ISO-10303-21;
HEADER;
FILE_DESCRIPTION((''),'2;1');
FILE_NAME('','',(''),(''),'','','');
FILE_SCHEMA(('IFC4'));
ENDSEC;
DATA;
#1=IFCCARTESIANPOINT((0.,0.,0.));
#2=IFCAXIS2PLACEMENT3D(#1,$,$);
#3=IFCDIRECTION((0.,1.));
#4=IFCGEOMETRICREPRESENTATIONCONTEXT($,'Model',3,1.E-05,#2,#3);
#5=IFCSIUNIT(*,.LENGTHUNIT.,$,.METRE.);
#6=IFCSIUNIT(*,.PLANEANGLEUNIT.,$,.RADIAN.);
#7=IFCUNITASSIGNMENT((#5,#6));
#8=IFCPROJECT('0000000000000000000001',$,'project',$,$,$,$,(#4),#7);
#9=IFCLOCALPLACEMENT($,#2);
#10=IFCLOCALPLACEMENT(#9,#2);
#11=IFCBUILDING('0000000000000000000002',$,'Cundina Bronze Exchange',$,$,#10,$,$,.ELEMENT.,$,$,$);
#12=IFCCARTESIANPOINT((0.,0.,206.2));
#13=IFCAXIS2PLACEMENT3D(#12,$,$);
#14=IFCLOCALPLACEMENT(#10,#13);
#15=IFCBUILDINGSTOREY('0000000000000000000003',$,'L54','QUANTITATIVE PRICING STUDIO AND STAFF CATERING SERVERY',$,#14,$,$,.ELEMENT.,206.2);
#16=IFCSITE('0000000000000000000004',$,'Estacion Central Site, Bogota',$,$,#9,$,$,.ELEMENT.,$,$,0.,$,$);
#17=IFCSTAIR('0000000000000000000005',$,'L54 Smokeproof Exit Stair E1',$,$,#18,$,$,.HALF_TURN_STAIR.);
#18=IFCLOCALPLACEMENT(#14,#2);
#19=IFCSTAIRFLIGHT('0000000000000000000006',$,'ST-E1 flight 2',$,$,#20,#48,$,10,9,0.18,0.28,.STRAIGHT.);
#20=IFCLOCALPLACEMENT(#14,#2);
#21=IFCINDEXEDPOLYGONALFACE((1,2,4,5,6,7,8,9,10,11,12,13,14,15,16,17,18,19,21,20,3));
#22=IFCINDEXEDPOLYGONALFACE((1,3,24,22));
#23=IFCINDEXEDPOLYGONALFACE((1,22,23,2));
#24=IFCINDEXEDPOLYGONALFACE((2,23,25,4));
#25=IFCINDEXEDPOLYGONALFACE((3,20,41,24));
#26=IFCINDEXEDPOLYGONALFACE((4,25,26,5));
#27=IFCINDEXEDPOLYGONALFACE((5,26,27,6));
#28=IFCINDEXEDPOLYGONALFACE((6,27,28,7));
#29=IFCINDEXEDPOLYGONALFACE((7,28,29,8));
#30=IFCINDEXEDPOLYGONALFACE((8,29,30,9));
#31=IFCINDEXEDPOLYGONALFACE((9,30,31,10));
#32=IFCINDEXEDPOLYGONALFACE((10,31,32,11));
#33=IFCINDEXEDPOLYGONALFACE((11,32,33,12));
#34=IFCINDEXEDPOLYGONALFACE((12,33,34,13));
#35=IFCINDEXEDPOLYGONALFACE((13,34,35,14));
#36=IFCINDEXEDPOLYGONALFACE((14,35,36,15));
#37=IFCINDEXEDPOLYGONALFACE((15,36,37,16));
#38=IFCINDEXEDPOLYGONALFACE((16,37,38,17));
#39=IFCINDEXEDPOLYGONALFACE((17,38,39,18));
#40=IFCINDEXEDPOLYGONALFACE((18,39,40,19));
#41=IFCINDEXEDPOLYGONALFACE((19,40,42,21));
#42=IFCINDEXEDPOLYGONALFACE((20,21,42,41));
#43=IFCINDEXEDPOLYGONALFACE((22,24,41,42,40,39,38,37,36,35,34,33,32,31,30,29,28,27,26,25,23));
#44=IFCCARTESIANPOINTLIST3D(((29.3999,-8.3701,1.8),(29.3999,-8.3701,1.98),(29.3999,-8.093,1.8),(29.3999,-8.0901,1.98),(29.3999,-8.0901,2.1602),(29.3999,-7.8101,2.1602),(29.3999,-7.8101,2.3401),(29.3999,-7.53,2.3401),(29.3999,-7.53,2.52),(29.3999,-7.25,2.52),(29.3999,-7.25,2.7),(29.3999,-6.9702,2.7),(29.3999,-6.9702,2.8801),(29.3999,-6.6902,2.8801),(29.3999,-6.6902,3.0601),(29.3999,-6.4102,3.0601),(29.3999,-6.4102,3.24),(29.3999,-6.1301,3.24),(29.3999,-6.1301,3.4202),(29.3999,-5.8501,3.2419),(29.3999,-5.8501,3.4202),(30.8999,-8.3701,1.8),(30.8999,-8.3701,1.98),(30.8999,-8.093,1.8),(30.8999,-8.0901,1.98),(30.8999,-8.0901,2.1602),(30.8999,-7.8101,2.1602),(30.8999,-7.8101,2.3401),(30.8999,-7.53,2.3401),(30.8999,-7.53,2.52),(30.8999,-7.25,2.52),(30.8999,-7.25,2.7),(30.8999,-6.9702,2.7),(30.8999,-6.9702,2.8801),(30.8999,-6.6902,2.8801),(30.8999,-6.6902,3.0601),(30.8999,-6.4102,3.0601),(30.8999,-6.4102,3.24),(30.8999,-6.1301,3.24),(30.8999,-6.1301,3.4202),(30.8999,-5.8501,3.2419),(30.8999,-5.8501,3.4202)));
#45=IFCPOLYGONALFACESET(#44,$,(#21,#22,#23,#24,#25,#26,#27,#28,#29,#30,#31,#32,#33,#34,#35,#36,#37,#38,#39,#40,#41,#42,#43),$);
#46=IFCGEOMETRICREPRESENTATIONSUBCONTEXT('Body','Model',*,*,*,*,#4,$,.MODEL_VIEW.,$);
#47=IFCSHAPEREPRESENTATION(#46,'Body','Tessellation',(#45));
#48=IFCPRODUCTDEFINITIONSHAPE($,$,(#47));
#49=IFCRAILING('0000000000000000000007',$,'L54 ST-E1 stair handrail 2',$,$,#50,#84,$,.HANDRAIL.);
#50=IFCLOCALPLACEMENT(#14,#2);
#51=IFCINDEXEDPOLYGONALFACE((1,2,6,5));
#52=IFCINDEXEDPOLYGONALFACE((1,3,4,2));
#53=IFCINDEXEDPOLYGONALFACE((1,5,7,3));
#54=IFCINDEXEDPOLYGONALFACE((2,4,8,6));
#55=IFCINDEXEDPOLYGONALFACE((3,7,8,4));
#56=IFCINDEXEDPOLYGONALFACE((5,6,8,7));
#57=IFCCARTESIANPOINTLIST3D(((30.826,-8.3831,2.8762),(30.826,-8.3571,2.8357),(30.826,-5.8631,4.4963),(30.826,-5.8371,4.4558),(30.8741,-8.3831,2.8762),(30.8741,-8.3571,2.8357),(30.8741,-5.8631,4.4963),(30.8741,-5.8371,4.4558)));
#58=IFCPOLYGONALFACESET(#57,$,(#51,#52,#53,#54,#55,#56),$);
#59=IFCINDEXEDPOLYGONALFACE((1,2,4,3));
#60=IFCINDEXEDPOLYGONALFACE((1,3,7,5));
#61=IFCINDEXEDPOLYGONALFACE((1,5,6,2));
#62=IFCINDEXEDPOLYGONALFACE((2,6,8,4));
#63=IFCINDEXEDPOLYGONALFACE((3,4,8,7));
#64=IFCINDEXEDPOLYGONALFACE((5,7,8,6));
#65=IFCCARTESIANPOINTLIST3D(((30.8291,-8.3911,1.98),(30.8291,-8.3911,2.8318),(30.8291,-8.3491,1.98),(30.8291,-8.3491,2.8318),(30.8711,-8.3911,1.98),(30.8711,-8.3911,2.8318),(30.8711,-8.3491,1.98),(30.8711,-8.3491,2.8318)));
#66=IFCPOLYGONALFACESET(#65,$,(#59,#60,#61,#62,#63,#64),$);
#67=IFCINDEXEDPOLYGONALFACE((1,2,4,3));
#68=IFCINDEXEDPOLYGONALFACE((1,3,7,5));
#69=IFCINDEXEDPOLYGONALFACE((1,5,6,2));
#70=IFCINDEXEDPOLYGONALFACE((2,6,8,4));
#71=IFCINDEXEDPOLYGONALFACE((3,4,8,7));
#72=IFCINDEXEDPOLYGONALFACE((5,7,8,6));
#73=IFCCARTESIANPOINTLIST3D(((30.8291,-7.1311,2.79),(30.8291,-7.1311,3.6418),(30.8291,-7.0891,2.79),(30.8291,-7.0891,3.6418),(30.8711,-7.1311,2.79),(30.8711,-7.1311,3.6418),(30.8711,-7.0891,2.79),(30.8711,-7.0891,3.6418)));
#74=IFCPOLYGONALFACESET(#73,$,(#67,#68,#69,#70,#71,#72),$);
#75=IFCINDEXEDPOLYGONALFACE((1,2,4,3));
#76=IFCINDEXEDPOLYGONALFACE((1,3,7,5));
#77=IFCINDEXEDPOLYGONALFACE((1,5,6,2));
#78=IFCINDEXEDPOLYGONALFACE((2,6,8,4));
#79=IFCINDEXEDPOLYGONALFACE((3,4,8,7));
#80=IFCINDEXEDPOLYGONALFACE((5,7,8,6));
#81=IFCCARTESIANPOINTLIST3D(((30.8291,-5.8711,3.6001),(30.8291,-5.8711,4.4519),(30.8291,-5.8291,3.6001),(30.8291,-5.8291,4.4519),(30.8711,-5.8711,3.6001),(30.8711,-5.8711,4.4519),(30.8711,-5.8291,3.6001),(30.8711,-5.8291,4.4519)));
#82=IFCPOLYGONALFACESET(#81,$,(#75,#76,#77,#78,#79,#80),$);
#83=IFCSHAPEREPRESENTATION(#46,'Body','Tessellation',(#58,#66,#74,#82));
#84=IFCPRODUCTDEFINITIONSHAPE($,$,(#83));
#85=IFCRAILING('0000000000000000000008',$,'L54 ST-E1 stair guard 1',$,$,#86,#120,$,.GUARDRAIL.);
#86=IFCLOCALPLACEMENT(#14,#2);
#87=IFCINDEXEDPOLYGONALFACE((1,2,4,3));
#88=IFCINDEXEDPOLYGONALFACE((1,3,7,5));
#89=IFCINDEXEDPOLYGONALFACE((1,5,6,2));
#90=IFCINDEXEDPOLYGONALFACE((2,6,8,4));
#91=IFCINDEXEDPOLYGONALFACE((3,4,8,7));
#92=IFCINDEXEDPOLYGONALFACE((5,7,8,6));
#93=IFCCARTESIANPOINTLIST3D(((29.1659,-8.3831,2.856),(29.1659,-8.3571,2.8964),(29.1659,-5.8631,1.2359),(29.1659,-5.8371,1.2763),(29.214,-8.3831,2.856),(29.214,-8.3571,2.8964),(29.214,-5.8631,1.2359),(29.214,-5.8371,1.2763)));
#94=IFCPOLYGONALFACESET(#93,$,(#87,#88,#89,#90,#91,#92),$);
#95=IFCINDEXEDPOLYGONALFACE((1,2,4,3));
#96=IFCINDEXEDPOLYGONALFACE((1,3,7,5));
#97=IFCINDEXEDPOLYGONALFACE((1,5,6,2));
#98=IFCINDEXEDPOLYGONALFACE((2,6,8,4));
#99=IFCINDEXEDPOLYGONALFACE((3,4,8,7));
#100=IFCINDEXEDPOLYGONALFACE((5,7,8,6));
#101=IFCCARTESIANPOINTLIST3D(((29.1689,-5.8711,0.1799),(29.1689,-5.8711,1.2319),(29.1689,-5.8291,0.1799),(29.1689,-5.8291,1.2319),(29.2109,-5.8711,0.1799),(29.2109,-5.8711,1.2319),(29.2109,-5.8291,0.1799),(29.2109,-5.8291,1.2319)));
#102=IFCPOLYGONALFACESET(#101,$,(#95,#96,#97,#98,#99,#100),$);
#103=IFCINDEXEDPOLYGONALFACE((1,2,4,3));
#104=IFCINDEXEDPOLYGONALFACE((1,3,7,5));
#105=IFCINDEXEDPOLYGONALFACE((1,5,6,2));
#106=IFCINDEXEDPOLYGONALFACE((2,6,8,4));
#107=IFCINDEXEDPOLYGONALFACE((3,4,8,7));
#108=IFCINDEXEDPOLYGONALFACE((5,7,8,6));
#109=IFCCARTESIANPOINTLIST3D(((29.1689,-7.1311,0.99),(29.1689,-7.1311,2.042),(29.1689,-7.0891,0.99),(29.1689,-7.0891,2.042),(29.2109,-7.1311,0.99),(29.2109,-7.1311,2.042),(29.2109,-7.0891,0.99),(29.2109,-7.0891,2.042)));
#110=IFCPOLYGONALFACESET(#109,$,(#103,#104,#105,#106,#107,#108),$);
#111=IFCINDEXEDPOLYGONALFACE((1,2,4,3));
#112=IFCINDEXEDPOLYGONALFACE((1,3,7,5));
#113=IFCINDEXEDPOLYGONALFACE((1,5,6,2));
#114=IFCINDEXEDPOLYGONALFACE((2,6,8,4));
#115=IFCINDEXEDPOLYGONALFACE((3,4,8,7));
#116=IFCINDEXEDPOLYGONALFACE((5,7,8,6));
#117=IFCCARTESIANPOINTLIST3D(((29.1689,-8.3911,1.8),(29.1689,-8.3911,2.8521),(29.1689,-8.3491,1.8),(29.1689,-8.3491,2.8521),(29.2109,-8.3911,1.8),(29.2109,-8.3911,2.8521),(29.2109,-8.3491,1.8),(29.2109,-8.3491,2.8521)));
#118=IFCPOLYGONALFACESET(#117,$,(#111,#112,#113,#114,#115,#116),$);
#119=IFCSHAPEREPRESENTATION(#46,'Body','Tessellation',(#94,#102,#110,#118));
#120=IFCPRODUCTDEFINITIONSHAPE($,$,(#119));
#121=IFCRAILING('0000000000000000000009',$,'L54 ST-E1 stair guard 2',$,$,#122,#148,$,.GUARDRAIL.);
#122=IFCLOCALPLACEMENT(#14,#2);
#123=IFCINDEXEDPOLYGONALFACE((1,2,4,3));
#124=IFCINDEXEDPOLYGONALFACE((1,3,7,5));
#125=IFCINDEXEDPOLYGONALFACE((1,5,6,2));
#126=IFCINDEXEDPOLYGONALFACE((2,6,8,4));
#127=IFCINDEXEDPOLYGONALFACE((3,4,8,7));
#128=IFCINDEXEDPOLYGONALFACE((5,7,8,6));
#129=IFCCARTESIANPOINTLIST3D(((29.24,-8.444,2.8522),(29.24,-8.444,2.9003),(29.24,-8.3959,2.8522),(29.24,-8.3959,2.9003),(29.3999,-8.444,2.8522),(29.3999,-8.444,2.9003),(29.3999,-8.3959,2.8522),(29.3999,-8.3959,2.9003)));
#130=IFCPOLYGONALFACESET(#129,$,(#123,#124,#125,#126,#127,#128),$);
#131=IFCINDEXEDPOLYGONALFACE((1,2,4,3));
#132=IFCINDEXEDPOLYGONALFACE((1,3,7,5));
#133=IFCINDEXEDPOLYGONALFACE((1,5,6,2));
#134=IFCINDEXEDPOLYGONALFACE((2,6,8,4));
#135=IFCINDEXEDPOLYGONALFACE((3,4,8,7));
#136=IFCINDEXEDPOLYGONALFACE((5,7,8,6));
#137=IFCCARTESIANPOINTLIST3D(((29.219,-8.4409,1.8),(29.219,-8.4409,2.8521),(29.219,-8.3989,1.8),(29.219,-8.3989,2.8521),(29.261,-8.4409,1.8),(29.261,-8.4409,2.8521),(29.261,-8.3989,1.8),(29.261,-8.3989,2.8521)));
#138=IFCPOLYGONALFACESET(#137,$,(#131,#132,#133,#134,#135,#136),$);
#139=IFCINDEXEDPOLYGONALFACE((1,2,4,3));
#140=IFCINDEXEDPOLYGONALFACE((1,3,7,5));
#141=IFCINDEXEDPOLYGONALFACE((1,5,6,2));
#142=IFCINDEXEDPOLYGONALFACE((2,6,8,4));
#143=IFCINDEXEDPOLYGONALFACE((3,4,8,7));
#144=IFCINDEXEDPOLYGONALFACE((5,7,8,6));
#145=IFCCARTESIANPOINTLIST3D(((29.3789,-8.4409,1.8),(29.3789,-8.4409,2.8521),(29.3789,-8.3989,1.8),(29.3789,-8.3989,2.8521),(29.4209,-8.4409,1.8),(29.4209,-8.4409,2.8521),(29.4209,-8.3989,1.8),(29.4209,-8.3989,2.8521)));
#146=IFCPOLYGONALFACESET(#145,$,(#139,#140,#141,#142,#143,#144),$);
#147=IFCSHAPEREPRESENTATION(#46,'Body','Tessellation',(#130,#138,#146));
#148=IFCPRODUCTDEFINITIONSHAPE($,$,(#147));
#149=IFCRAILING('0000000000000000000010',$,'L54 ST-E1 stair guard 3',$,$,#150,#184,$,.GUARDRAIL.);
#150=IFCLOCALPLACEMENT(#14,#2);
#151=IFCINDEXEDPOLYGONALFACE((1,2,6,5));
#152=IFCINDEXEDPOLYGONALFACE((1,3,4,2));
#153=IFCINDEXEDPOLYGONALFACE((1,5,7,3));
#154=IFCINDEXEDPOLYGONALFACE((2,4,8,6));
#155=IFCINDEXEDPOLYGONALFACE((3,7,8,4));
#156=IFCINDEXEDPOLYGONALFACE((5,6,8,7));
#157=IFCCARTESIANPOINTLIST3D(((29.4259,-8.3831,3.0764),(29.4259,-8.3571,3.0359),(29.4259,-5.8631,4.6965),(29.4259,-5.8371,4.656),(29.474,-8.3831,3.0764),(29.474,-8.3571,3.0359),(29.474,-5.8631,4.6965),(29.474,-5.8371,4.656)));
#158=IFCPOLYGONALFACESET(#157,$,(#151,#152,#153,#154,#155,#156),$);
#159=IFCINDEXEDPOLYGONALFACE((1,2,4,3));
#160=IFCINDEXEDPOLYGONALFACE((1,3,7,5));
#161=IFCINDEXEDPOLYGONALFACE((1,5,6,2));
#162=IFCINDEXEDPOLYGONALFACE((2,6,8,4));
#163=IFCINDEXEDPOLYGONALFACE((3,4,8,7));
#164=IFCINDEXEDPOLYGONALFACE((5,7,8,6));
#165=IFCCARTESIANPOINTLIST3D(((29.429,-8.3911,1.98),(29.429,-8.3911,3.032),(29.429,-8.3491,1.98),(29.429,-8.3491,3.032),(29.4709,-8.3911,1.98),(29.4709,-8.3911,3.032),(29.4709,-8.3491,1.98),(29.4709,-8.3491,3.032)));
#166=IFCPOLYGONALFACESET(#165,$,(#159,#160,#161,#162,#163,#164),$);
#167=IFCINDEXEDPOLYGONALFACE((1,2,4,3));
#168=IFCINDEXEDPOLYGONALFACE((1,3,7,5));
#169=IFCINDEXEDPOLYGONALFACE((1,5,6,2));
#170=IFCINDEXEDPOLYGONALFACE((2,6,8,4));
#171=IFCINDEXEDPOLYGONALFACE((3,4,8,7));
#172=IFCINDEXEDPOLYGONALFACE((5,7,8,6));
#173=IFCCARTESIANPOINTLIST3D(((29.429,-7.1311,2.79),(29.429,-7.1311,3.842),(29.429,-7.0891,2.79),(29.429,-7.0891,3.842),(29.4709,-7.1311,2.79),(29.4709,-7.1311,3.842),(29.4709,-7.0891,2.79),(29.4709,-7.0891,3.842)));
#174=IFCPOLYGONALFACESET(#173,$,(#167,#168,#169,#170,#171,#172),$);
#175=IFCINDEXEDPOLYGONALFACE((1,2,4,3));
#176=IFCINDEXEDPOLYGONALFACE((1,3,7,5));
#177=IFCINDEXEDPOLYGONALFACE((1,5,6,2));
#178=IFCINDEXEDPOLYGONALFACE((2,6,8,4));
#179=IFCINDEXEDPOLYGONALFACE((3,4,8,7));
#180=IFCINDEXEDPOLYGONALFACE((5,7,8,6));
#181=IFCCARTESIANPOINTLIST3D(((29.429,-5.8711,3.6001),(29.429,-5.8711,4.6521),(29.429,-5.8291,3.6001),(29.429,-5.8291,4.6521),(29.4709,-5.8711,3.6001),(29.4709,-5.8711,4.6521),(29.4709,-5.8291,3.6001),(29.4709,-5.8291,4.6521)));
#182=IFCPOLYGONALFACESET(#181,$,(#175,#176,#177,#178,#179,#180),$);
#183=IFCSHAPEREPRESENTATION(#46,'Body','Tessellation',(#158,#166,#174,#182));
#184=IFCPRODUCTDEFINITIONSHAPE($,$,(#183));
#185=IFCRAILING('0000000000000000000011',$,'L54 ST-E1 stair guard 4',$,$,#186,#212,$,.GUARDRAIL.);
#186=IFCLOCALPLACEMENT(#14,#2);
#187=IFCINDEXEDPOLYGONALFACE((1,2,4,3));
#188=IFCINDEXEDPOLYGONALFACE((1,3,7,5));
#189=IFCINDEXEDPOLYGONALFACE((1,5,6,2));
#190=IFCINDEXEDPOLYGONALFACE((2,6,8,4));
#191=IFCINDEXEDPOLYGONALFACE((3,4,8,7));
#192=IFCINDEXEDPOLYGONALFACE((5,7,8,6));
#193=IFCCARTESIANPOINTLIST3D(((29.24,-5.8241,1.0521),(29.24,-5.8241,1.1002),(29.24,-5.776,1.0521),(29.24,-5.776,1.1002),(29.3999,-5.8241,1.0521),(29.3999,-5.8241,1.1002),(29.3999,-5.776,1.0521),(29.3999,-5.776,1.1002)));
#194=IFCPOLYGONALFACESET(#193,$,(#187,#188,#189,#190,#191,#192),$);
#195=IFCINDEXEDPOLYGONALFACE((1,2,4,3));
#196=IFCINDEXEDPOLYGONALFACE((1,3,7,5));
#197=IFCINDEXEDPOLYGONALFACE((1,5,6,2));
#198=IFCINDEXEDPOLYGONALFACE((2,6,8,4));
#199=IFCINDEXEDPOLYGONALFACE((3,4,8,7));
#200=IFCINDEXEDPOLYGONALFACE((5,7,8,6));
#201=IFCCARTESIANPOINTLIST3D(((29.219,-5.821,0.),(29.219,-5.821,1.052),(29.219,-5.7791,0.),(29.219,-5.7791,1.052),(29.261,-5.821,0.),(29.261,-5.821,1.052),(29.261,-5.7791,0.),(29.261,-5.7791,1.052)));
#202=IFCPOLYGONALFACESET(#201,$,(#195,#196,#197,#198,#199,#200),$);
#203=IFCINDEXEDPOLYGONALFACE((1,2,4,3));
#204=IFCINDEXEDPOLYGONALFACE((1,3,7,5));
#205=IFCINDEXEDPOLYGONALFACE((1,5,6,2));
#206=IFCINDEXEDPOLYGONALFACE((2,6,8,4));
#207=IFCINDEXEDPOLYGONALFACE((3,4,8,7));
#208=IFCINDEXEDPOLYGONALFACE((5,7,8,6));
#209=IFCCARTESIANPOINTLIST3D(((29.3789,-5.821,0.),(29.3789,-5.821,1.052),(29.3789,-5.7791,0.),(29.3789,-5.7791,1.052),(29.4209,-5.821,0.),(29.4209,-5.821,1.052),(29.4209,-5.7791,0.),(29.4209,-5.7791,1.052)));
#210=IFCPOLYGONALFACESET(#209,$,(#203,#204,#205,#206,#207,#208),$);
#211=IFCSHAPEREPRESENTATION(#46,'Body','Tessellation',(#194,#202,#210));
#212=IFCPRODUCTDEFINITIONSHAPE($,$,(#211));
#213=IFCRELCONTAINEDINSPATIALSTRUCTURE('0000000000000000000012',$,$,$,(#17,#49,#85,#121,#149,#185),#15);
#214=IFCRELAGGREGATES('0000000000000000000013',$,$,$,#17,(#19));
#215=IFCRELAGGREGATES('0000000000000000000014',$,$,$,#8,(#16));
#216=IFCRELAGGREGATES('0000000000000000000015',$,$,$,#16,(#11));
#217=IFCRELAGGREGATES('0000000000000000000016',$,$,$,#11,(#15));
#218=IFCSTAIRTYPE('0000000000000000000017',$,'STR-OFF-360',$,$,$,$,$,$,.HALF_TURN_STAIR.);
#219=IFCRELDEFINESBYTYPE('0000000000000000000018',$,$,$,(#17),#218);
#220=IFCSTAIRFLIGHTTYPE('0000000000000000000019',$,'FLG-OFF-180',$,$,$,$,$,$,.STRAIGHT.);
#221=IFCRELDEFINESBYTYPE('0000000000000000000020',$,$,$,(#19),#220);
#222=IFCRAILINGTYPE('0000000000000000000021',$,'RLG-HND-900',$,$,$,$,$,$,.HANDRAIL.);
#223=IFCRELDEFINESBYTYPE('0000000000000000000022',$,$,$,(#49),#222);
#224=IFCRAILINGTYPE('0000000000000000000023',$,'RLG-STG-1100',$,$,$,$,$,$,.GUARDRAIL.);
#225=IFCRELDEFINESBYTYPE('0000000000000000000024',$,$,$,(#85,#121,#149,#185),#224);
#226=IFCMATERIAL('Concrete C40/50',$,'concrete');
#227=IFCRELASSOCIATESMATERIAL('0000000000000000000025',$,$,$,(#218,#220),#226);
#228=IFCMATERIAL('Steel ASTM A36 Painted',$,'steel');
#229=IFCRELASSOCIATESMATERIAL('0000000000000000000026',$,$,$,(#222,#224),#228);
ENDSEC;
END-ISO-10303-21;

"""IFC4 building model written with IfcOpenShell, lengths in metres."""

from ifc_helpers import new_model, si_unit, direction, frame, origin, origin_2d, place, context, subcontext, project, spatial, polyline, rectangle, outline, extrude, material, type_object, element, aggregate, save


model = new_model("IFC4")

# Units and contexts
model_context = context("Model", 3, precision=1e-05, world=origin(), true_north=direction((0.0, 1.0)))
body_context = subcontext(model_context, "Body", "Model", "MODEL_VIEW")
ifc_project = project(units=[si_unit("LENGTHUNIT", "METRE"), si_unit("PLANEANGLEUNIT", "RADIAN")], contexts=[model_context])

# Site, building, storey
site_placement = place(None, origin())
site = spatial("IfcSite", under=ifc_project, at=site_placement, Name="Estacion Central Site, Bogota", CompositionType="ELEMENT", RefElevation=0.0)
building_placement = place(site_placement, origin())
building = spatial("IfcBuilding", under=site, at=building_placement, Name="Cundina Bronze Exchange", CompositionType="ELEMENT")
storey_placement = place(building_placement, frame((0.0, 0.0, 206.2)))
storey = spatial("IfcBuildingStorey", under=building, at=storey_placement, Name="L54", Description="QUANTITATIVE PRICING STUDIO AND STAFF CATERING SERVERY", CompositionType="ELEMENT", Elevation=206.2)

# Stair, stair flight
ifc_material_1 = material(Name="Concrete C40/50", Category="concrete")
stair_type = type_object("IfcStairType", Name="STR-OFF-360", PredefinedType="HALF_TURN_STAIR", material=ifc_material_1)
stair_placement = place(storey_placement, origin())
stair = element("IfcStair", 1, at=stair_placement, inside=storey, type_object=stair_type, Name="L54 Smokeproof Exit Stair E1", PredefinedType="HALF_TURN_STAIR")
stair_flight_type = type_object("IfcStairFlightType", Name="FLG-OFF-180", PredefinedType="STRAIGHT", material=ifc_material_1)
stair_flight_1_placement = place(storey_placement, frame((30.1499, -8.3701, 1.8), z_axis=(0.0, 0.0, 1.0), x_axis=(0.0, 1.0, 0.0)))
stair_flight_1 = element("IfcStairFlight", 2, at=stair_flight_1_placement, type_object=stair_flight_type, Name="ST-E1 flight 2", NumberOfRisers=10, NumberOfTreads=9, PredefinedType="STRAIGHT", RiserHeight=0.18, TreadLength=0.28, context=body_context, shape_type="SweptSolid", body=[
    extrude(outline(polyline([(0.0, 0.0), (0.0, 0.1799), (0.28, 0.1799), (0.28, 0.3601), (0.5601, 0.3601), (0.5601, 0.54), (0.8401, 0.54), (0.8401, 0.72), (1.1201, 0.72), (1.1201, 0.8999), (1.3999, 0.8999), (1.3999, 1.0801), (1.6799, 1.0801), (1.6799, 1.26), (1.96, 1.26), (1.96, 1.4399), (2.24, 1.4399), (2.24, 1.6201), (2.52, 1.6201), (2.52, 1.8), (2.52, 1.4419), (0.2771, 0.0), (0.0, 0.0)])), frame((0.0, 0.75, 0.0), z_axis=(0.0, -1.0, 0.0), x_axis=(1.0, 0.0, 0.0)), (0.0, 0.0, 1.0), 1.5),
])
aggregate(stair, [stair_flight_1])

# Railings
ifc_material_2 = material(Name="Steel ASTM A36 Painted", Category="steel")
railing_type_1 = type_object("IfcRailingType", Name="RLG-HND-900", PredefinedType="HANDRAIL", material=ifc_material_2)
railing_1_placement = place(storey_placement, frame((30.8501, -8.3701, 1.98)))
element("IfcRailing", 3, at=railing_1_placement, inside=storey, type_object=railing_type_1, Name="L54 ST-E1 stair handrail 2", PredefinedType="HANDRAIL", context=body_context, shape_type="SweptSolid", body=[
    extrude(rectangle(XDim=0.0481, YDim=0.0481, at=origin_2d()), frame((0.0, 0.0, 0.876), z_axis=(0.0, 0.841163, 0.540782), x_axis=(-1.0, 0.0, 0.0)), (0.0, 0.0, 1.0), 2.9958),
    extrude(rectangle(XDim=0.042, YDim=0.042, at=origin_2d()), origin(), (0.0, 0.0, 1.0), 0.8518),
    extrude(rectangle(XDim=0.042, YDim=0.042, at=origin_2d()), frame((0.0, 1.26, 0.8101)), (0.0, 0.0, 1.0), 0.8518),
    extrude(rectangle(XDim=0.042, YDim=0.042, at=origin_2d()), frame((0.0, 2.52, 1.6201)), (0.0, 0.0, 1.0), 0.8518),
])
railing_type_2 = type_object("IfcRailingType", Name="RLG-STG-1100", PredefinedType="GUARDRAIL", material=ifc_material_2)
railing_2_placement = place(storey_placement, frame((29.1899, -5.8501, 0.1799)))
element("IfcRailing", 4, at=railing_2_placement, inside=storey, type_object=railing_type_2, Name="L54 ST-E1 stair guard 1", PredefinedType="GUARDRAIL", context=body_context, shape_type="SweptSolid", body=[
    extrude(rectangle(XDim=0.0481, YDim=0.0481, at=origin_2d()), frame((0.0, 0.0, 1.0762), z_axis=(0.0, -0.841163, 0.540782), x_axis=(1.0, 0.0, 0.0)), (0.0, 0.0, 1.0), 2.9958),
    extrude(rectangle(XDim=0.042, YDim=0.042, at=origin_2d()), origin(), (0.0, 0.0, 1.0), 1.052),
    extrude(rectangle(XDim=0.042, YDim=0.042, at=origin_2d()), frame((0.0, -1.26, 0.8101)), (0.0, 0.0, 1.0), 1.052),
    extrude(rectangle(XDim=0.042, YDim=0.042, at=origin_2d()), frame((0.0, -2.52, 1.6201)), (0.0, 0.0, 1.0), 1.052),
])
railing_3_placement = place(storey_placement, frame((29.24, -8.4199, 1.8)))
element("IfcRailing", 5, at=railing_3_placement, inside=storey, type_object=railing_type_2, Name="L54 ST-E1 stair guard 2", PredefinedType="GUARDRAIL", context=body_context, shape_type="SweptSolid", body=[
    extrude(rectangle(XDim=0.0481, YDim=0.0481, at=origin_2d()), frame((0.0, 0.0, 1.0762), z_axis=(1.0, 0.0, 0.0), x_axis=(0.0, 1.0, 0.0)), (0.0, 0.0, 1.0), 0.1599),
    extrude(rectangle(XDim=0.042, YDim=0.042, at=origin_2d()), origin(), (0.0, 0.0, 1.0), 1.052),
    extrude(rectangle(XDim=0.042, YDim=0.042, at=origin_2d()), frame((0.1599, 0.0, 0.0)), (0.0, 0.0, 1.0), 1.052),
])
railing_4_placement = place(storey_placement, frame((29.45, -8.3701, 1.98)))
element("IfcRailing", 6, at=railing_4_placement, inside=storey, type_object=railing_type_2, Name="L54 ST-E1 stair guard 3", PredefinedType="GUARDRAIL", context=body_context, shape_type="SweptSolid", body=[
    extrude(rectangle(XDim=0.0481, YDim=0.0481, at=origin_2d()), frame((0.0, 0.0, 1.0762), z_axis=(0.0, 0.841163, 0.540782), x_axis=(-1.0, 0.0, 0.0)), (0.0, 0.0, 1.0), 2.9958),
    extrude(rectangle(XDim=0.042, YDim=0.042, at=origin_2d()), origin(), (0.0, 0.0, 1.0), 1.052),
    extrude(rectangle(XDim=0.042, YDim=0.042, at=origin_2d()), frame((0.0, 1.26, 0.8101)), (0.0, 0.0, 1.0), 1.052),
    extrude(rectangle(XDim=0.042, YDim=0.042, at=origin_2d()), frame((0.0, 2.52, 1.6201)), (0.0, 0.0, 1.0), 1.052),
])
railing_5_placement = place(storey_placement, frame((29.24, -5.8, 0.0)))
element("IfcRailing", 7, at=railing_5_placement, inside=storey, type_object=railing_type_2, Name="L54 ST-E1 stair guard 4", PredefinedType="GUARDRAIL", context=body_context, shape_type="SweptSolid", body=[
    extrude(rectangle(XDim=0.0481, YDim=0.0481, at=origin_2d()), frame((0.0, 0.0, 1.0762), z_axis=(1.0, 0.0, 0.0), x_axis=(0.0, 1.0, 0.0)), (0.0, 0.0, 1.0), 0.1599),
    extrude(rectangle(XDim=0.042, YDim=0.042, at=origin_2d()), origin(), (0.0, 0.0, 1.0), 1.052),
    extrude(rectangle(XDim=0.042, YDim=0.042, at=origin_2d()), frame((0.1599, 0.0, 0.0)), (0.0, 0.0, 1.0), 1.052),
])

save(model, "model.ifc")
